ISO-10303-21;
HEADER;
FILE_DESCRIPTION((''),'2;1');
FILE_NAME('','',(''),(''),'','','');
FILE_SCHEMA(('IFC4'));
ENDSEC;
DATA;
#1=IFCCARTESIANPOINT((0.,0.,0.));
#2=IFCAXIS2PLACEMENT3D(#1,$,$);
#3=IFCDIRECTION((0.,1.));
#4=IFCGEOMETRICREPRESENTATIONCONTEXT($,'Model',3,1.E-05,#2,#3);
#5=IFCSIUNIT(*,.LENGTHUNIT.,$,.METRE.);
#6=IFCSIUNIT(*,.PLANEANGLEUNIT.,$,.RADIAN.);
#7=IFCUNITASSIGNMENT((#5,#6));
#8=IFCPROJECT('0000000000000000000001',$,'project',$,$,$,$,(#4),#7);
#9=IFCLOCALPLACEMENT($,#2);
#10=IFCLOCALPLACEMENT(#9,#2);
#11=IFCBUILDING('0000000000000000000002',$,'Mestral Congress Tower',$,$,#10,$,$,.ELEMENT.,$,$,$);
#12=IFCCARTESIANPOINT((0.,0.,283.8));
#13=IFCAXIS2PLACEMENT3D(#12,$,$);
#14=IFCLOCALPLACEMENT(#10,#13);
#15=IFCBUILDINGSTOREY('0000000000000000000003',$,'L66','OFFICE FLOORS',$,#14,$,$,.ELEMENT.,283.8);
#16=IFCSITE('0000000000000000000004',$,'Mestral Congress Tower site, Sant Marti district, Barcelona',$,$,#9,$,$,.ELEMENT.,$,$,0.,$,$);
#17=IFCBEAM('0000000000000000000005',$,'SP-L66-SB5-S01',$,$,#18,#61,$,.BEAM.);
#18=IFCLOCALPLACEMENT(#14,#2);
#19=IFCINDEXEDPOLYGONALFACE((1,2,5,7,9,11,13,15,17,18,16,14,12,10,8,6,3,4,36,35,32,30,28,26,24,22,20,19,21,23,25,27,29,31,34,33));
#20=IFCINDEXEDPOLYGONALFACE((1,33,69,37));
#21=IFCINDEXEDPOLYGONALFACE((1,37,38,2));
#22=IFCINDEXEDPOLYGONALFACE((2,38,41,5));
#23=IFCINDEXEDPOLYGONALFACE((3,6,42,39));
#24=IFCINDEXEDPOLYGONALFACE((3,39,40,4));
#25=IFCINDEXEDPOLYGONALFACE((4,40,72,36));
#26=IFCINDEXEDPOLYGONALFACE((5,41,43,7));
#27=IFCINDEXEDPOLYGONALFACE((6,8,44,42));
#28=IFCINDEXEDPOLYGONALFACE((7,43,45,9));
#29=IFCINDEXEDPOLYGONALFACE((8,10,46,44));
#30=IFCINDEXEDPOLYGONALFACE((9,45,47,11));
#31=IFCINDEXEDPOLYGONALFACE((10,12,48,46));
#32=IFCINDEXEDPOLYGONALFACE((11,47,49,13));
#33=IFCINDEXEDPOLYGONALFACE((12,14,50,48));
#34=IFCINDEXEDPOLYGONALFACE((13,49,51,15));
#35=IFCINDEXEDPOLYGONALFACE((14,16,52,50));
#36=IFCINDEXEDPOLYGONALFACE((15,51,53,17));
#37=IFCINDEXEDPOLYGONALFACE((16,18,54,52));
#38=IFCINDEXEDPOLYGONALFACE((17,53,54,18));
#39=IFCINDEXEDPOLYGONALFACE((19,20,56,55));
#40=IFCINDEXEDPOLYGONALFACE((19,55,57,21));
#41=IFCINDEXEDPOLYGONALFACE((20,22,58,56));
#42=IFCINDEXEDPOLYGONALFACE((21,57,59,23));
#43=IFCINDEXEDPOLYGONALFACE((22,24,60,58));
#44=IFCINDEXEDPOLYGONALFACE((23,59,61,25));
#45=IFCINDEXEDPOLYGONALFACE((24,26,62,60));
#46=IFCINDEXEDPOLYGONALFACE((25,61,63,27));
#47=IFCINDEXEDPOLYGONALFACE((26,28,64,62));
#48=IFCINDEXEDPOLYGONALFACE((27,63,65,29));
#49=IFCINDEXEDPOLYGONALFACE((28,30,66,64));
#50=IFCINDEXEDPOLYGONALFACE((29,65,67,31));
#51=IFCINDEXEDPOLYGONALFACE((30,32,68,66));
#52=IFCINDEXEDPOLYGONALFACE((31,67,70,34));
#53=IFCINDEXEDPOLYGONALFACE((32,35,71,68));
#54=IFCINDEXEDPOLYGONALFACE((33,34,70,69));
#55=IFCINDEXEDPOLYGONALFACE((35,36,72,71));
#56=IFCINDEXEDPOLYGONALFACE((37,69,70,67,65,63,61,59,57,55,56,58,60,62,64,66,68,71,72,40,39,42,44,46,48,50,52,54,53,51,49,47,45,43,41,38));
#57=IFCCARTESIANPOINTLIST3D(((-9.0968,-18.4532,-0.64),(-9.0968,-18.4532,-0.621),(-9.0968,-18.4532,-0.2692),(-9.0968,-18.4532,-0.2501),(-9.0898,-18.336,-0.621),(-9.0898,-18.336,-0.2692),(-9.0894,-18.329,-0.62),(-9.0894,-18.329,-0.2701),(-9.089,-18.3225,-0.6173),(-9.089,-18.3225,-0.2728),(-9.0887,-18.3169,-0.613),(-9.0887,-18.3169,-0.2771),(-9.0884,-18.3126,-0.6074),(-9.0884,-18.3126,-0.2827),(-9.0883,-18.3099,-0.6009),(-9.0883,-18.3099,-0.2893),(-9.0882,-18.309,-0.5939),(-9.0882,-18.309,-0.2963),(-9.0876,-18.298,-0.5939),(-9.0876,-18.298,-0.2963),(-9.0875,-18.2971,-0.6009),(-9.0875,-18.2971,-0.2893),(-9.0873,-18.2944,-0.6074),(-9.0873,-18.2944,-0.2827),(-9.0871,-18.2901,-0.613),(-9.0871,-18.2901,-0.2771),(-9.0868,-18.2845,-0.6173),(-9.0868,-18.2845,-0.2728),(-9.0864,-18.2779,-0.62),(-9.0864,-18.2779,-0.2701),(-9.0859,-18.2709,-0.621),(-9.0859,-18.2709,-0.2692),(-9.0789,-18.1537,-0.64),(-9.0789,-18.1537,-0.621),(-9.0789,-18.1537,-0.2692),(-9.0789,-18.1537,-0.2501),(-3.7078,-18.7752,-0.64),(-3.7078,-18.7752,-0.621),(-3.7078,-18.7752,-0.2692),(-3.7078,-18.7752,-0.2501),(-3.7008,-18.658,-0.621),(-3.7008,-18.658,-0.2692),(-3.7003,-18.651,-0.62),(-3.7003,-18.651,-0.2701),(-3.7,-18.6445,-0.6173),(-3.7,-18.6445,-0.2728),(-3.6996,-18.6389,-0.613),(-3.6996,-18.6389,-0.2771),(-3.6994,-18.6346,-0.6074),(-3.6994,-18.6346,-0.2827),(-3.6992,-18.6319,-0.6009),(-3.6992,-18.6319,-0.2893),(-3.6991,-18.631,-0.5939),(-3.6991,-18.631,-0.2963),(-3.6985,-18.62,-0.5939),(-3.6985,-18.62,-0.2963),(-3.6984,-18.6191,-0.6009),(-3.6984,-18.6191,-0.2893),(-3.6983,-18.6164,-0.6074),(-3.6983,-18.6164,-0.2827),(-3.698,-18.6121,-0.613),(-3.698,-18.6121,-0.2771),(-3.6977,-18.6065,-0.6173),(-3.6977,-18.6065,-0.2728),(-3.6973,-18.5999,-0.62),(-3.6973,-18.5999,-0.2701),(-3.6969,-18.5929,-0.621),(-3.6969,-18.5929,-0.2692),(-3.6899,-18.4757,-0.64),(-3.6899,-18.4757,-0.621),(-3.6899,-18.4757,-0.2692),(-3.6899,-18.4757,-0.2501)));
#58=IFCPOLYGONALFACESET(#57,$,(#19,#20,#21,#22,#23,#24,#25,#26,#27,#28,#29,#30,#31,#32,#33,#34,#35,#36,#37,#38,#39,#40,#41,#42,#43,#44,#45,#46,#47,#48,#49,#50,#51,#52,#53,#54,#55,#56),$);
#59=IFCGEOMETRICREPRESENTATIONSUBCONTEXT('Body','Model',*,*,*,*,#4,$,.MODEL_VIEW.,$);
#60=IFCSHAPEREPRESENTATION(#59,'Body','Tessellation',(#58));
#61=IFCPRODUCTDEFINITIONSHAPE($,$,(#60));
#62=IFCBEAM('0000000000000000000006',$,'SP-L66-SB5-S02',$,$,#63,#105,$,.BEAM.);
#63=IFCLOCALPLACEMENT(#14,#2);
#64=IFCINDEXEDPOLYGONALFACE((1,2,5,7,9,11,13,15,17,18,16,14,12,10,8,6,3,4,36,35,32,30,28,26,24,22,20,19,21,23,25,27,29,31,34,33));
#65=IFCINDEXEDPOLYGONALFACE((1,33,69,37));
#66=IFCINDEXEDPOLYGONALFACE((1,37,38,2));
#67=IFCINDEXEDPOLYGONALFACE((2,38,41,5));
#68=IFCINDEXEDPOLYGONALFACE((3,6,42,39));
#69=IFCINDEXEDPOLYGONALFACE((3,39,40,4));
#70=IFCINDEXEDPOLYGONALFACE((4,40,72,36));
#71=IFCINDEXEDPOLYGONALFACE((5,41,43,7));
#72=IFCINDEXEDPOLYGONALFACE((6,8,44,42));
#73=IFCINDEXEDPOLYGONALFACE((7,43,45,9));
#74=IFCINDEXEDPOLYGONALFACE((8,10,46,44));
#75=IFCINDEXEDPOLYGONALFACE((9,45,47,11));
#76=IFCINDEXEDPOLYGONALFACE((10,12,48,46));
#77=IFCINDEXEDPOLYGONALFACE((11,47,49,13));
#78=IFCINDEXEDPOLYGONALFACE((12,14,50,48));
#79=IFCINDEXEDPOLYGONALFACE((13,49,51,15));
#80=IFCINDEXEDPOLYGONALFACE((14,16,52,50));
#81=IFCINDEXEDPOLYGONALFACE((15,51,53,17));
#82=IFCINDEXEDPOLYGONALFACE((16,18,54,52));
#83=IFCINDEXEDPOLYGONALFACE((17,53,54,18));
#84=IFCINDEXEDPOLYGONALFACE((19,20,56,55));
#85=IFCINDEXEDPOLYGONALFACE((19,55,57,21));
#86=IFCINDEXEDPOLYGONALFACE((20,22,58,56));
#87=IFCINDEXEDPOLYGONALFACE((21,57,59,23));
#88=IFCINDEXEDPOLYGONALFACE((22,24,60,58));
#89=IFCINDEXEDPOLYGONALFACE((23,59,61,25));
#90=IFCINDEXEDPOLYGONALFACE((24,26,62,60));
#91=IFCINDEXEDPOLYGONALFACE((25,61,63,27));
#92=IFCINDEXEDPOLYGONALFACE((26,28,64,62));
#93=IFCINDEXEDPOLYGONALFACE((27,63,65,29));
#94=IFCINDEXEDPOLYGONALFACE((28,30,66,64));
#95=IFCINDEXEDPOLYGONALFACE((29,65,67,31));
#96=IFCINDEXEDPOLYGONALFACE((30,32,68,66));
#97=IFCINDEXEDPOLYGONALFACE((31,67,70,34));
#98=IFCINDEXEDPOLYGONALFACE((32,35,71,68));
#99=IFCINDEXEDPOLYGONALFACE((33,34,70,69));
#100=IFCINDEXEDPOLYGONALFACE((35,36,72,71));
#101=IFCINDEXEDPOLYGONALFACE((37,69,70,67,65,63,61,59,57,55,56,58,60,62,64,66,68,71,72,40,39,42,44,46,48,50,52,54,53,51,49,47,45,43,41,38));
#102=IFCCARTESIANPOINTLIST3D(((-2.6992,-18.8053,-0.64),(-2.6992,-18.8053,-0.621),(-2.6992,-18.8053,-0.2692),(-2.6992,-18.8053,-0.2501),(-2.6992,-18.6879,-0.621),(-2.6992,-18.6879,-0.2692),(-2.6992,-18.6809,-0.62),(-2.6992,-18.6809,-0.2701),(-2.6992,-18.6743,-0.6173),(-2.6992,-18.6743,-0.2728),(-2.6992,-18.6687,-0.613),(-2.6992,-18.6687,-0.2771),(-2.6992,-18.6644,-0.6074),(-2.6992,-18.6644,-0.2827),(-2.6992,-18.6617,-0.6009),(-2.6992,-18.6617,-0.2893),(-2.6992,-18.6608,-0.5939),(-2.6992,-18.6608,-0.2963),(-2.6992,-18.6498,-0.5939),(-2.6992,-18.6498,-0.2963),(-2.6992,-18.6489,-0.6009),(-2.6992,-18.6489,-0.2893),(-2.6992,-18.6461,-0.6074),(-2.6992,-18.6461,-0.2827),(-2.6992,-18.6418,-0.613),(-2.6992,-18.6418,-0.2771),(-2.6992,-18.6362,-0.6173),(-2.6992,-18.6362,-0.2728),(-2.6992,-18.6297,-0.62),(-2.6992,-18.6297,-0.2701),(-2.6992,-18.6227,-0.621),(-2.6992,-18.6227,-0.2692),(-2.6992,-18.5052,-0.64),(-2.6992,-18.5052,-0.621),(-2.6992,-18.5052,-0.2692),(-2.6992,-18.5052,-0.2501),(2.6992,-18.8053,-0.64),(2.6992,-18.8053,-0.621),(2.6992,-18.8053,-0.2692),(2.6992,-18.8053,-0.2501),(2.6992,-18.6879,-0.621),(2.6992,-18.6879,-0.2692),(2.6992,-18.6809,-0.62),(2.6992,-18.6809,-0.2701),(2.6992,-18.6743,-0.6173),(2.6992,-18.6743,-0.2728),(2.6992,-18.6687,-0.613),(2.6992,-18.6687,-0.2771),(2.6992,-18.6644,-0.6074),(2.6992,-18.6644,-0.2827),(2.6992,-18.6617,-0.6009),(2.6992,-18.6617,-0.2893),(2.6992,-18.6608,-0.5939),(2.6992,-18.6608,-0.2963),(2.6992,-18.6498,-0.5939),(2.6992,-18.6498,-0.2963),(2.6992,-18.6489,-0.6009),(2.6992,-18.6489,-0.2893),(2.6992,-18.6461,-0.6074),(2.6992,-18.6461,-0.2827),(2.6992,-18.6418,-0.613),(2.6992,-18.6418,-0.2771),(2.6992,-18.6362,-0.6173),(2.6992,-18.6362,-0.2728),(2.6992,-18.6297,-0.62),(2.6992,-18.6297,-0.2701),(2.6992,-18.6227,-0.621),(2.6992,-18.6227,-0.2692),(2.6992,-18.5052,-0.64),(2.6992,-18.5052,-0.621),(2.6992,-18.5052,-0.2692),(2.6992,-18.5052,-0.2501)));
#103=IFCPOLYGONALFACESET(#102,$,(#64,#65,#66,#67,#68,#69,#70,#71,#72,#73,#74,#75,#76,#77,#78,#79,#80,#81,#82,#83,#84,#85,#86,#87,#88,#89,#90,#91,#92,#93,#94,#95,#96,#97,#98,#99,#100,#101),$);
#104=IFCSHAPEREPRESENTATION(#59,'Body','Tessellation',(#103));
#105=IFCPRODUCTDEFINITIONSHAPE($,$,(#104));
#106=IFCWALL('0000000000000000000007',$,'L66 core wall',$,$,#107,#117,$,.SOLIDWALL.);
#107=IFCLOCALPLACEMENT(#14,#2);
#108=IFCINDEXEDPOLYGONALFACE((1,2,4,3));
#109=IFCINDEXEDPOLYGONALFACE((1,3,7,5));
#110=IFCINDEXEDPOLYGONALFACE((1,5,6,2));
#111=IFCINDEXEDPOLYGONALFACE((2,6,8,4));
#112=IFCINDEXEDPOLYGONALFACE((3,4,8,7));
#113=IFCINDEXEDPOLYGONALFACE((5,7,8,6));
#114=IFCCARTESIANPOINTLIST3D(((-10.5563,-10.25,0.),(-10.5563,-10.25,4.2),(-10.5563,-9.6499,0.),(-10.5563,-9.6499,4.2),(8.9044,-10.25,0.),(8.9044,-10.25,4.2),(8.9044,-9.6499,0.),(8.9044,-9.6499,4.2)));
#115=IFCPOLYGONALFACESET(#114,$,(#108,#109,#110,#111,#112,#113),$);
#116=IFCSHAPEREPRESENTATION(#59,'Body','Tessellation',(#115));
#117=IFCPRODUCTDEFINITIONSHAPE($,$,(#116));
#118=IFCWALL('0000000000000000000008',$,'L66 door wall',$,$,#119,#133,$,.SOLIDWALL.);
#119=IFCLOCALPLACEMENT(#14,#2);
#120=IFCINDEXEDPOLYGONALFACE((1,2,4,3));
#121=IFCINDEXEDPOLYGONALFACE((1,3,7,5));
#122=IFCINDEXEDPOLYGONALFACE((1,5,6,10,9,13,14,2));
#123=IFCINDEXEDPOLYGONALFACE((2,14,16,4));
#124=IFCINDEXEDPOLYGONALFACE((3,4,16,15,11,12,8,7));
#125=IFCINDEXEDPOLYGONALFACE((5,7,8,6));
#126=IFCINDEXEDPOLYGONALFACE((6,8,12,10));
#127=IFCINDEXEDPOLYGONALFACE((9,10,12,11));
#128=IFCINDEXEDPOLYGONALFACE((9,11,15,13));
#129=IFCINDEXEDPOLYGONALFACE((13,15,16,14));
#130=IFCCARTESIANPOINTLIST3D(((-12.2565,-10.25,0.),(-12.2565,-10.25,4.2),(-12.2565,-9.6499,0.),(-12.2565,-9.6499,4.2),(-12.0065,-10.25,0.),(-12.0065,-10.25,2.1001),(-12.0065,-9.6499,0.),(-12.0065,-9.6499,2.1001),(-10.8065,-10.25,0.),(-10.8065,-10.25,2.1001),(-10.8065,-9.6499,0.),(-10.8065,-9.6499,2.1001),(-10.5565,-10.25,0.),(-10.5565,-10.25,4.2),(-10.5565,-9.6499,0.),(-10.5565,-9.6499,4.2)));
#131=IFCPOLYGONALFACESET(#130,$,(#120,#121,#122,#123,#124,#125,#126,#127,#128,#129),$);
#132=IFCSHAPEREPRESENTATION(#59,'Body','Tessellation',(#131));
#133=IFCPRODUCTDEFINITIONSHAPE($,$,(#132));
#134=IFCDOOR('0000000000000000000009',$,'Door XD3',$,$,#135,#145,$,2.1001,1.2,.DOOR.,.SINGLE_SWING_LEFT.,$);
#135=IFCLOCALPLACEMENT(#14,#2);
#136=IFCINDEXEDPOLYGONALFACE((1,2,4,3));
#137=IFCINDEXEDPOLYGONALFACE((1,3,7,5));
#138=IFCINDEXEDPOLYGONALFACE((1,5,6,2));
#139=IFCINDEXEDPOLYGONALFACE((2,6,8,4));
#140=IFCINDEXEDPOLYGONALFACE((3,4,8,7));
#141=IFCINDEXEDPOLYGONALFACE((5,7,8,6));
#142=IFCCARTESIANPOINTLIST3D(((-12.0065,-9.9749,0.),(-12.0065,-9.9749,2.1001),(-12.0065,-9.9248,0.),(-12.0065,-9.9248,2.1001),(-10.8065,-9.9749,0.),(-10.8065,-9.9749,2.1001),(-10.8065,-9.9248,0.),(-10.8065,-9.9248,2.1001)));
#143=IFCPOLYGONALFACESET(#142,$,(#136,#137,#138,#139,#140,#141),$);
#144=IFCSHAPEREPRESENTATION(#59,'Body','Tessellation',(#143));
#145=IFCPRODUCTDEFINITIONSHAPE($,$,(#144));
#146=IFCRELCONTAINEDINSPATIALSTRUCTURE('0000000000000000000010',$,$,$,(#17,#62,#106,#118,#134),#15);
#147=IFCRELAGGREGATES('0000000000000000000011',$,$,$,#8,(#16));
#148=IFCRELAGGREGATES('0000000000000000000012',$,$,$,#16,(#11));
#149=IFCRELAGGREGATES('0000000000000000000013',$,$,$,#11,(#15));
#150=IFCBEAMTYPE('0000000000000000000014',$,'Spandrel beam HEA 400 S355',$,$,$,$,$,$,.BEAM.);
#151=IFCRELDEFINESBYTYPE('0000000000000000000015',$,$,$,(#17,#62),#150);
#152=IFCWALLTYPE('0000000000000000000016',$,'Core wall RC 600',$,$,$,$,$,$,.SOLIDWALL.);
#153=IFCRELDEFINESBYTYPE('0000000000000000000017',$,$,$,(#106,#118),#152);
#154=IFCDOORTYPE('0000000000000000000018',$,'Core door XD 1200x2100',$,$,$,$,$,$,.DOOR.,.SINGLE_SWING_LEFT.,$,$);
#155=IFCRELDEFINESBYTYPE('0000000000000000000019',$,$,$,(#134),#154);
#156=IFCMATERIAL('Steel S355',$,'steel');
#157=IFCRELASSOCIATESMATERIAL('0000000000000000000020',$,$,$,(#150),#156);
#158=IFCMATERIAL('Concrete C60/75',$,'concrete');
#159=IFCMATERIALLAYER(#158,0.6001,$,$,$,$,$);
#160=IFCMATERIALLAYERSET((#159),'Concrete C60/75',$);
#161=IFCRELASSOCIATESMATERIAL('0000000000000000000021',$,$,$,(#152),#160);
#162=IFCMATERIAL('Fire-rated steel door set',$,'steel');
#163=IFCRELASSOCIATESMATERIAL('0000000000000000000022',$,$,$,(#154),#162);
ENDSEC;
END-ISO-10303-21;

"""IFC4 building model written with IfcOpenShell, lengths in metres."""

from ifc_helpers import new_model, si_unit, direction, frame, frame_2d, origin, origin_2d, place, context, subcontext, project, spatial, rectangle, i_section, extrude, material, layer, layer_set, material_profile, profile_set, type_object, element, fill, save


model = new_model("IFC4")

# Units and contexts
model_context = context("Model", 3, precision=1e-05, world=origin(), true_north=direction((0.0, 1.0)))
body_context = subcontext(model_context, "Body", "Model", "MODEL_VIEW")
ifc_project = project(units=[si_unit("LENGTHUNIT", "METRE"), si_unit("PLANEANGLEUNIT", "RADIAN")], contexts=[model_context])

# Site, building, storey
site_placement = place(None, origin())
site = spatial("IfcSite", under=ifc_project, at=site_placement, Name="Mestral Congress Tower site, Sant Marti district, Barcelona", CompositionType="ELEMENT", RefElevation=0.0)
building_placement = place(site_placement, origin())
building = spatial("IfcBuilding", under=site, at=building_placement, Name="Mestral Congress Tower", CompositionType="ELEMENT")
storey_placement = place(building_placement, frame((0.0, 0.0, 283.8)))
storey = spatial("IfcBuildingStorey", under=building, at=storey_placement, Name="L66", Description="OFFICE FLOORS", CompositionType="ELEMENT", Elevation=283.8)

# Shared definitions
ifc_material_1 = material(Name="Concrete C60/75", Category="concrete")

# Beams
ifc_material_2 = material(Name="Steel S355", Category="steel")
ifc_material_profile_1 = material_profile(ifc_material_2, i_section(OverallWidth=0.3, OverallDepth=0.3899, WebThickness=0.011, FlangeThickness=0.019, FilletRadius=0.0271, at=origin_2d()), Name="HEA 400")
ifc_profile_set_1 = profile_set([ifc_material_profile_1], Name="Steel S355")
beam_type_1 = type_object("IfcBeamType", Name="Spandrel beam HEA 400 S355", PredefinedType="BEAM", material=ifc_profile_set_1)
beam_1_placement = place(storey_placement, frame((-9.0879, -18.3035, -0.4451), z_axis=(0.99822, -0.059647, 0.0), x_axis=(0.059647, 0.99822, 0.0)))
element("IfcBeam", 1, at=beam_1_placement, inside=storey, type_object=beam_type_1, Name="SP-L66-SB5-S01", PredefinedType="BEAM", context=body_context, shape_type="SweptSolid", body=[
    extrude(i_section(OverallWidth=0.3, OverallDepth=0.3899, WebThickness=0.011, FlangeThickness=0.019, FilletRadius=0.0271, at=origin_2d()), origin(), (0.0, 0.0, 1.0), 5.3987),
])
beam_2_placement = place(storey_placement, frame((-2.6992, -18.6553, -0.4451), z_axis=(1.0, 0.0, 0.0), x_axis=(0.0, 1.0, 0.0)))
element("IfcBeam", 2, at=beam_2_placement, inside=storey, type_object=beam_type_1, Name="SP-L66-SB5-S02", PredefinedType="BEAM", context=body_context, shape_type="SweptSolid", body=[
    extrude(i_section(OverallWidth=0.3, OverallDepth=0.3899, WebThickness=0.011, FlangeThickness=0.019, FilletRadius=0.0271, at=origin_2d()), origin(), (0.0, 0.0, 1.0), 5.3984),
])

# Wall
ifc_layer_1 = layer(ifc_material_1, 0.6001)
ifc_layer_set_1 = layer_set([ifc_layer_1], Name="Concrete C60/75")
wall_type_1 = type_object("IfcWallType", Name="Core wall RC 600", PredefinedType="SOLIDWALL", material=ifc_layer_set_1)
wall_1_placement = place(storey_placement, frame((-10.5564, -9.95, 0.0), z_axis=(0.0, 0.0, 1.0), x_axis=(1.0, 0.0, 0.0)))
element("IfcWall", 3, at=wall_1_placement, inside=storey, type_object=wall_type_1, Name="L66 core wall", PredefinedType="SOLIDWALL", context=body_context, shape_type="SweptSolid", body=[
    extrude(rectangle(XDim=19.4607, YDim=0.6001, at=frame_2d((9.7305, 0.0))), origin(), (0.0, 0.0, 1.0), 4.2),
])

# Wall, opening, door
wall_2_placement = place(storey_placement, frame((-10.5564, -9.95, 0.0), z_axis=(0.0, 0.0, 1.0), x_axis=(-1.0, 0.0, 0.0)))
wall_2 = element("IfcWall", 4, at=wall_2_placement, inside=storey, type_object=wall_type_1, Name="L66 door wall", PredefinedType="SOLIDWALL", context=body_context, shape_type="SweptSolid", body=[
    extrude(rectangle(XDim=1.7, YDim=0.6001, at=frame_2d((0.8501, 0.0))), origin(), (0.0, 0.0, 1.0), 4.2),
])
opening_1_placement = place(wall_2_placement, frame((0.25, 0.0, 0.0)))
opening_1 = element("IfcOpeningElement", 5, at=opening_1_placement, cuts=wall_2, PredefinedType="OPENING", context=body_context, shape_type="SweptSolid", body=[
    extrude(rectangle(XDim=1.2, YDim=2.1001, at=frame_2d((0.6001, 1.05))), frame((0.0, 0.3101, 0.0), z_axis=(0.0, -1.0, 0.0), x_axis=(1.0, 0.0, 0.0)), (0.0, 0.0, 1.0), 0.6201),
])
ifc_material_3 = material(Name="Fire-rated steel door set", Category="steel")
door_type_1 = type_object("IfcDoorType", Name="Core door XD 1200x2100", OperationType="SINGLE_SWING_LEFT", PredefinedType="DOOR", material=ifc_material_3)
door_1_placement = place(opening_1_placement, origin())
door_1 = element("IfcDoor", 6, at=door_1_placement, inside=storey, type_object=door_type_1, Name="Door XD3", OperationType="SINGLE_SWING_LEFT", OverallHeight=2.1001, OverallWidth=1.2, PredefinedType="DOOR", context=body_context, shape_type="SweptSolid", body=[
    extrude(rectangle(XDim=1.2, YDim=2.1001, at=frame_2d((0.6001, 1.05))), frame((0.0, 0.0249, 0.0), z_axis=(0.0, -1.0, 0.0), x_axis=(1.0, 0.0, 0.0)), (0.0, 0.0, 1.0), 0.05),
])
fill(opening_1, door_1)

save(model, "model.ifc")
